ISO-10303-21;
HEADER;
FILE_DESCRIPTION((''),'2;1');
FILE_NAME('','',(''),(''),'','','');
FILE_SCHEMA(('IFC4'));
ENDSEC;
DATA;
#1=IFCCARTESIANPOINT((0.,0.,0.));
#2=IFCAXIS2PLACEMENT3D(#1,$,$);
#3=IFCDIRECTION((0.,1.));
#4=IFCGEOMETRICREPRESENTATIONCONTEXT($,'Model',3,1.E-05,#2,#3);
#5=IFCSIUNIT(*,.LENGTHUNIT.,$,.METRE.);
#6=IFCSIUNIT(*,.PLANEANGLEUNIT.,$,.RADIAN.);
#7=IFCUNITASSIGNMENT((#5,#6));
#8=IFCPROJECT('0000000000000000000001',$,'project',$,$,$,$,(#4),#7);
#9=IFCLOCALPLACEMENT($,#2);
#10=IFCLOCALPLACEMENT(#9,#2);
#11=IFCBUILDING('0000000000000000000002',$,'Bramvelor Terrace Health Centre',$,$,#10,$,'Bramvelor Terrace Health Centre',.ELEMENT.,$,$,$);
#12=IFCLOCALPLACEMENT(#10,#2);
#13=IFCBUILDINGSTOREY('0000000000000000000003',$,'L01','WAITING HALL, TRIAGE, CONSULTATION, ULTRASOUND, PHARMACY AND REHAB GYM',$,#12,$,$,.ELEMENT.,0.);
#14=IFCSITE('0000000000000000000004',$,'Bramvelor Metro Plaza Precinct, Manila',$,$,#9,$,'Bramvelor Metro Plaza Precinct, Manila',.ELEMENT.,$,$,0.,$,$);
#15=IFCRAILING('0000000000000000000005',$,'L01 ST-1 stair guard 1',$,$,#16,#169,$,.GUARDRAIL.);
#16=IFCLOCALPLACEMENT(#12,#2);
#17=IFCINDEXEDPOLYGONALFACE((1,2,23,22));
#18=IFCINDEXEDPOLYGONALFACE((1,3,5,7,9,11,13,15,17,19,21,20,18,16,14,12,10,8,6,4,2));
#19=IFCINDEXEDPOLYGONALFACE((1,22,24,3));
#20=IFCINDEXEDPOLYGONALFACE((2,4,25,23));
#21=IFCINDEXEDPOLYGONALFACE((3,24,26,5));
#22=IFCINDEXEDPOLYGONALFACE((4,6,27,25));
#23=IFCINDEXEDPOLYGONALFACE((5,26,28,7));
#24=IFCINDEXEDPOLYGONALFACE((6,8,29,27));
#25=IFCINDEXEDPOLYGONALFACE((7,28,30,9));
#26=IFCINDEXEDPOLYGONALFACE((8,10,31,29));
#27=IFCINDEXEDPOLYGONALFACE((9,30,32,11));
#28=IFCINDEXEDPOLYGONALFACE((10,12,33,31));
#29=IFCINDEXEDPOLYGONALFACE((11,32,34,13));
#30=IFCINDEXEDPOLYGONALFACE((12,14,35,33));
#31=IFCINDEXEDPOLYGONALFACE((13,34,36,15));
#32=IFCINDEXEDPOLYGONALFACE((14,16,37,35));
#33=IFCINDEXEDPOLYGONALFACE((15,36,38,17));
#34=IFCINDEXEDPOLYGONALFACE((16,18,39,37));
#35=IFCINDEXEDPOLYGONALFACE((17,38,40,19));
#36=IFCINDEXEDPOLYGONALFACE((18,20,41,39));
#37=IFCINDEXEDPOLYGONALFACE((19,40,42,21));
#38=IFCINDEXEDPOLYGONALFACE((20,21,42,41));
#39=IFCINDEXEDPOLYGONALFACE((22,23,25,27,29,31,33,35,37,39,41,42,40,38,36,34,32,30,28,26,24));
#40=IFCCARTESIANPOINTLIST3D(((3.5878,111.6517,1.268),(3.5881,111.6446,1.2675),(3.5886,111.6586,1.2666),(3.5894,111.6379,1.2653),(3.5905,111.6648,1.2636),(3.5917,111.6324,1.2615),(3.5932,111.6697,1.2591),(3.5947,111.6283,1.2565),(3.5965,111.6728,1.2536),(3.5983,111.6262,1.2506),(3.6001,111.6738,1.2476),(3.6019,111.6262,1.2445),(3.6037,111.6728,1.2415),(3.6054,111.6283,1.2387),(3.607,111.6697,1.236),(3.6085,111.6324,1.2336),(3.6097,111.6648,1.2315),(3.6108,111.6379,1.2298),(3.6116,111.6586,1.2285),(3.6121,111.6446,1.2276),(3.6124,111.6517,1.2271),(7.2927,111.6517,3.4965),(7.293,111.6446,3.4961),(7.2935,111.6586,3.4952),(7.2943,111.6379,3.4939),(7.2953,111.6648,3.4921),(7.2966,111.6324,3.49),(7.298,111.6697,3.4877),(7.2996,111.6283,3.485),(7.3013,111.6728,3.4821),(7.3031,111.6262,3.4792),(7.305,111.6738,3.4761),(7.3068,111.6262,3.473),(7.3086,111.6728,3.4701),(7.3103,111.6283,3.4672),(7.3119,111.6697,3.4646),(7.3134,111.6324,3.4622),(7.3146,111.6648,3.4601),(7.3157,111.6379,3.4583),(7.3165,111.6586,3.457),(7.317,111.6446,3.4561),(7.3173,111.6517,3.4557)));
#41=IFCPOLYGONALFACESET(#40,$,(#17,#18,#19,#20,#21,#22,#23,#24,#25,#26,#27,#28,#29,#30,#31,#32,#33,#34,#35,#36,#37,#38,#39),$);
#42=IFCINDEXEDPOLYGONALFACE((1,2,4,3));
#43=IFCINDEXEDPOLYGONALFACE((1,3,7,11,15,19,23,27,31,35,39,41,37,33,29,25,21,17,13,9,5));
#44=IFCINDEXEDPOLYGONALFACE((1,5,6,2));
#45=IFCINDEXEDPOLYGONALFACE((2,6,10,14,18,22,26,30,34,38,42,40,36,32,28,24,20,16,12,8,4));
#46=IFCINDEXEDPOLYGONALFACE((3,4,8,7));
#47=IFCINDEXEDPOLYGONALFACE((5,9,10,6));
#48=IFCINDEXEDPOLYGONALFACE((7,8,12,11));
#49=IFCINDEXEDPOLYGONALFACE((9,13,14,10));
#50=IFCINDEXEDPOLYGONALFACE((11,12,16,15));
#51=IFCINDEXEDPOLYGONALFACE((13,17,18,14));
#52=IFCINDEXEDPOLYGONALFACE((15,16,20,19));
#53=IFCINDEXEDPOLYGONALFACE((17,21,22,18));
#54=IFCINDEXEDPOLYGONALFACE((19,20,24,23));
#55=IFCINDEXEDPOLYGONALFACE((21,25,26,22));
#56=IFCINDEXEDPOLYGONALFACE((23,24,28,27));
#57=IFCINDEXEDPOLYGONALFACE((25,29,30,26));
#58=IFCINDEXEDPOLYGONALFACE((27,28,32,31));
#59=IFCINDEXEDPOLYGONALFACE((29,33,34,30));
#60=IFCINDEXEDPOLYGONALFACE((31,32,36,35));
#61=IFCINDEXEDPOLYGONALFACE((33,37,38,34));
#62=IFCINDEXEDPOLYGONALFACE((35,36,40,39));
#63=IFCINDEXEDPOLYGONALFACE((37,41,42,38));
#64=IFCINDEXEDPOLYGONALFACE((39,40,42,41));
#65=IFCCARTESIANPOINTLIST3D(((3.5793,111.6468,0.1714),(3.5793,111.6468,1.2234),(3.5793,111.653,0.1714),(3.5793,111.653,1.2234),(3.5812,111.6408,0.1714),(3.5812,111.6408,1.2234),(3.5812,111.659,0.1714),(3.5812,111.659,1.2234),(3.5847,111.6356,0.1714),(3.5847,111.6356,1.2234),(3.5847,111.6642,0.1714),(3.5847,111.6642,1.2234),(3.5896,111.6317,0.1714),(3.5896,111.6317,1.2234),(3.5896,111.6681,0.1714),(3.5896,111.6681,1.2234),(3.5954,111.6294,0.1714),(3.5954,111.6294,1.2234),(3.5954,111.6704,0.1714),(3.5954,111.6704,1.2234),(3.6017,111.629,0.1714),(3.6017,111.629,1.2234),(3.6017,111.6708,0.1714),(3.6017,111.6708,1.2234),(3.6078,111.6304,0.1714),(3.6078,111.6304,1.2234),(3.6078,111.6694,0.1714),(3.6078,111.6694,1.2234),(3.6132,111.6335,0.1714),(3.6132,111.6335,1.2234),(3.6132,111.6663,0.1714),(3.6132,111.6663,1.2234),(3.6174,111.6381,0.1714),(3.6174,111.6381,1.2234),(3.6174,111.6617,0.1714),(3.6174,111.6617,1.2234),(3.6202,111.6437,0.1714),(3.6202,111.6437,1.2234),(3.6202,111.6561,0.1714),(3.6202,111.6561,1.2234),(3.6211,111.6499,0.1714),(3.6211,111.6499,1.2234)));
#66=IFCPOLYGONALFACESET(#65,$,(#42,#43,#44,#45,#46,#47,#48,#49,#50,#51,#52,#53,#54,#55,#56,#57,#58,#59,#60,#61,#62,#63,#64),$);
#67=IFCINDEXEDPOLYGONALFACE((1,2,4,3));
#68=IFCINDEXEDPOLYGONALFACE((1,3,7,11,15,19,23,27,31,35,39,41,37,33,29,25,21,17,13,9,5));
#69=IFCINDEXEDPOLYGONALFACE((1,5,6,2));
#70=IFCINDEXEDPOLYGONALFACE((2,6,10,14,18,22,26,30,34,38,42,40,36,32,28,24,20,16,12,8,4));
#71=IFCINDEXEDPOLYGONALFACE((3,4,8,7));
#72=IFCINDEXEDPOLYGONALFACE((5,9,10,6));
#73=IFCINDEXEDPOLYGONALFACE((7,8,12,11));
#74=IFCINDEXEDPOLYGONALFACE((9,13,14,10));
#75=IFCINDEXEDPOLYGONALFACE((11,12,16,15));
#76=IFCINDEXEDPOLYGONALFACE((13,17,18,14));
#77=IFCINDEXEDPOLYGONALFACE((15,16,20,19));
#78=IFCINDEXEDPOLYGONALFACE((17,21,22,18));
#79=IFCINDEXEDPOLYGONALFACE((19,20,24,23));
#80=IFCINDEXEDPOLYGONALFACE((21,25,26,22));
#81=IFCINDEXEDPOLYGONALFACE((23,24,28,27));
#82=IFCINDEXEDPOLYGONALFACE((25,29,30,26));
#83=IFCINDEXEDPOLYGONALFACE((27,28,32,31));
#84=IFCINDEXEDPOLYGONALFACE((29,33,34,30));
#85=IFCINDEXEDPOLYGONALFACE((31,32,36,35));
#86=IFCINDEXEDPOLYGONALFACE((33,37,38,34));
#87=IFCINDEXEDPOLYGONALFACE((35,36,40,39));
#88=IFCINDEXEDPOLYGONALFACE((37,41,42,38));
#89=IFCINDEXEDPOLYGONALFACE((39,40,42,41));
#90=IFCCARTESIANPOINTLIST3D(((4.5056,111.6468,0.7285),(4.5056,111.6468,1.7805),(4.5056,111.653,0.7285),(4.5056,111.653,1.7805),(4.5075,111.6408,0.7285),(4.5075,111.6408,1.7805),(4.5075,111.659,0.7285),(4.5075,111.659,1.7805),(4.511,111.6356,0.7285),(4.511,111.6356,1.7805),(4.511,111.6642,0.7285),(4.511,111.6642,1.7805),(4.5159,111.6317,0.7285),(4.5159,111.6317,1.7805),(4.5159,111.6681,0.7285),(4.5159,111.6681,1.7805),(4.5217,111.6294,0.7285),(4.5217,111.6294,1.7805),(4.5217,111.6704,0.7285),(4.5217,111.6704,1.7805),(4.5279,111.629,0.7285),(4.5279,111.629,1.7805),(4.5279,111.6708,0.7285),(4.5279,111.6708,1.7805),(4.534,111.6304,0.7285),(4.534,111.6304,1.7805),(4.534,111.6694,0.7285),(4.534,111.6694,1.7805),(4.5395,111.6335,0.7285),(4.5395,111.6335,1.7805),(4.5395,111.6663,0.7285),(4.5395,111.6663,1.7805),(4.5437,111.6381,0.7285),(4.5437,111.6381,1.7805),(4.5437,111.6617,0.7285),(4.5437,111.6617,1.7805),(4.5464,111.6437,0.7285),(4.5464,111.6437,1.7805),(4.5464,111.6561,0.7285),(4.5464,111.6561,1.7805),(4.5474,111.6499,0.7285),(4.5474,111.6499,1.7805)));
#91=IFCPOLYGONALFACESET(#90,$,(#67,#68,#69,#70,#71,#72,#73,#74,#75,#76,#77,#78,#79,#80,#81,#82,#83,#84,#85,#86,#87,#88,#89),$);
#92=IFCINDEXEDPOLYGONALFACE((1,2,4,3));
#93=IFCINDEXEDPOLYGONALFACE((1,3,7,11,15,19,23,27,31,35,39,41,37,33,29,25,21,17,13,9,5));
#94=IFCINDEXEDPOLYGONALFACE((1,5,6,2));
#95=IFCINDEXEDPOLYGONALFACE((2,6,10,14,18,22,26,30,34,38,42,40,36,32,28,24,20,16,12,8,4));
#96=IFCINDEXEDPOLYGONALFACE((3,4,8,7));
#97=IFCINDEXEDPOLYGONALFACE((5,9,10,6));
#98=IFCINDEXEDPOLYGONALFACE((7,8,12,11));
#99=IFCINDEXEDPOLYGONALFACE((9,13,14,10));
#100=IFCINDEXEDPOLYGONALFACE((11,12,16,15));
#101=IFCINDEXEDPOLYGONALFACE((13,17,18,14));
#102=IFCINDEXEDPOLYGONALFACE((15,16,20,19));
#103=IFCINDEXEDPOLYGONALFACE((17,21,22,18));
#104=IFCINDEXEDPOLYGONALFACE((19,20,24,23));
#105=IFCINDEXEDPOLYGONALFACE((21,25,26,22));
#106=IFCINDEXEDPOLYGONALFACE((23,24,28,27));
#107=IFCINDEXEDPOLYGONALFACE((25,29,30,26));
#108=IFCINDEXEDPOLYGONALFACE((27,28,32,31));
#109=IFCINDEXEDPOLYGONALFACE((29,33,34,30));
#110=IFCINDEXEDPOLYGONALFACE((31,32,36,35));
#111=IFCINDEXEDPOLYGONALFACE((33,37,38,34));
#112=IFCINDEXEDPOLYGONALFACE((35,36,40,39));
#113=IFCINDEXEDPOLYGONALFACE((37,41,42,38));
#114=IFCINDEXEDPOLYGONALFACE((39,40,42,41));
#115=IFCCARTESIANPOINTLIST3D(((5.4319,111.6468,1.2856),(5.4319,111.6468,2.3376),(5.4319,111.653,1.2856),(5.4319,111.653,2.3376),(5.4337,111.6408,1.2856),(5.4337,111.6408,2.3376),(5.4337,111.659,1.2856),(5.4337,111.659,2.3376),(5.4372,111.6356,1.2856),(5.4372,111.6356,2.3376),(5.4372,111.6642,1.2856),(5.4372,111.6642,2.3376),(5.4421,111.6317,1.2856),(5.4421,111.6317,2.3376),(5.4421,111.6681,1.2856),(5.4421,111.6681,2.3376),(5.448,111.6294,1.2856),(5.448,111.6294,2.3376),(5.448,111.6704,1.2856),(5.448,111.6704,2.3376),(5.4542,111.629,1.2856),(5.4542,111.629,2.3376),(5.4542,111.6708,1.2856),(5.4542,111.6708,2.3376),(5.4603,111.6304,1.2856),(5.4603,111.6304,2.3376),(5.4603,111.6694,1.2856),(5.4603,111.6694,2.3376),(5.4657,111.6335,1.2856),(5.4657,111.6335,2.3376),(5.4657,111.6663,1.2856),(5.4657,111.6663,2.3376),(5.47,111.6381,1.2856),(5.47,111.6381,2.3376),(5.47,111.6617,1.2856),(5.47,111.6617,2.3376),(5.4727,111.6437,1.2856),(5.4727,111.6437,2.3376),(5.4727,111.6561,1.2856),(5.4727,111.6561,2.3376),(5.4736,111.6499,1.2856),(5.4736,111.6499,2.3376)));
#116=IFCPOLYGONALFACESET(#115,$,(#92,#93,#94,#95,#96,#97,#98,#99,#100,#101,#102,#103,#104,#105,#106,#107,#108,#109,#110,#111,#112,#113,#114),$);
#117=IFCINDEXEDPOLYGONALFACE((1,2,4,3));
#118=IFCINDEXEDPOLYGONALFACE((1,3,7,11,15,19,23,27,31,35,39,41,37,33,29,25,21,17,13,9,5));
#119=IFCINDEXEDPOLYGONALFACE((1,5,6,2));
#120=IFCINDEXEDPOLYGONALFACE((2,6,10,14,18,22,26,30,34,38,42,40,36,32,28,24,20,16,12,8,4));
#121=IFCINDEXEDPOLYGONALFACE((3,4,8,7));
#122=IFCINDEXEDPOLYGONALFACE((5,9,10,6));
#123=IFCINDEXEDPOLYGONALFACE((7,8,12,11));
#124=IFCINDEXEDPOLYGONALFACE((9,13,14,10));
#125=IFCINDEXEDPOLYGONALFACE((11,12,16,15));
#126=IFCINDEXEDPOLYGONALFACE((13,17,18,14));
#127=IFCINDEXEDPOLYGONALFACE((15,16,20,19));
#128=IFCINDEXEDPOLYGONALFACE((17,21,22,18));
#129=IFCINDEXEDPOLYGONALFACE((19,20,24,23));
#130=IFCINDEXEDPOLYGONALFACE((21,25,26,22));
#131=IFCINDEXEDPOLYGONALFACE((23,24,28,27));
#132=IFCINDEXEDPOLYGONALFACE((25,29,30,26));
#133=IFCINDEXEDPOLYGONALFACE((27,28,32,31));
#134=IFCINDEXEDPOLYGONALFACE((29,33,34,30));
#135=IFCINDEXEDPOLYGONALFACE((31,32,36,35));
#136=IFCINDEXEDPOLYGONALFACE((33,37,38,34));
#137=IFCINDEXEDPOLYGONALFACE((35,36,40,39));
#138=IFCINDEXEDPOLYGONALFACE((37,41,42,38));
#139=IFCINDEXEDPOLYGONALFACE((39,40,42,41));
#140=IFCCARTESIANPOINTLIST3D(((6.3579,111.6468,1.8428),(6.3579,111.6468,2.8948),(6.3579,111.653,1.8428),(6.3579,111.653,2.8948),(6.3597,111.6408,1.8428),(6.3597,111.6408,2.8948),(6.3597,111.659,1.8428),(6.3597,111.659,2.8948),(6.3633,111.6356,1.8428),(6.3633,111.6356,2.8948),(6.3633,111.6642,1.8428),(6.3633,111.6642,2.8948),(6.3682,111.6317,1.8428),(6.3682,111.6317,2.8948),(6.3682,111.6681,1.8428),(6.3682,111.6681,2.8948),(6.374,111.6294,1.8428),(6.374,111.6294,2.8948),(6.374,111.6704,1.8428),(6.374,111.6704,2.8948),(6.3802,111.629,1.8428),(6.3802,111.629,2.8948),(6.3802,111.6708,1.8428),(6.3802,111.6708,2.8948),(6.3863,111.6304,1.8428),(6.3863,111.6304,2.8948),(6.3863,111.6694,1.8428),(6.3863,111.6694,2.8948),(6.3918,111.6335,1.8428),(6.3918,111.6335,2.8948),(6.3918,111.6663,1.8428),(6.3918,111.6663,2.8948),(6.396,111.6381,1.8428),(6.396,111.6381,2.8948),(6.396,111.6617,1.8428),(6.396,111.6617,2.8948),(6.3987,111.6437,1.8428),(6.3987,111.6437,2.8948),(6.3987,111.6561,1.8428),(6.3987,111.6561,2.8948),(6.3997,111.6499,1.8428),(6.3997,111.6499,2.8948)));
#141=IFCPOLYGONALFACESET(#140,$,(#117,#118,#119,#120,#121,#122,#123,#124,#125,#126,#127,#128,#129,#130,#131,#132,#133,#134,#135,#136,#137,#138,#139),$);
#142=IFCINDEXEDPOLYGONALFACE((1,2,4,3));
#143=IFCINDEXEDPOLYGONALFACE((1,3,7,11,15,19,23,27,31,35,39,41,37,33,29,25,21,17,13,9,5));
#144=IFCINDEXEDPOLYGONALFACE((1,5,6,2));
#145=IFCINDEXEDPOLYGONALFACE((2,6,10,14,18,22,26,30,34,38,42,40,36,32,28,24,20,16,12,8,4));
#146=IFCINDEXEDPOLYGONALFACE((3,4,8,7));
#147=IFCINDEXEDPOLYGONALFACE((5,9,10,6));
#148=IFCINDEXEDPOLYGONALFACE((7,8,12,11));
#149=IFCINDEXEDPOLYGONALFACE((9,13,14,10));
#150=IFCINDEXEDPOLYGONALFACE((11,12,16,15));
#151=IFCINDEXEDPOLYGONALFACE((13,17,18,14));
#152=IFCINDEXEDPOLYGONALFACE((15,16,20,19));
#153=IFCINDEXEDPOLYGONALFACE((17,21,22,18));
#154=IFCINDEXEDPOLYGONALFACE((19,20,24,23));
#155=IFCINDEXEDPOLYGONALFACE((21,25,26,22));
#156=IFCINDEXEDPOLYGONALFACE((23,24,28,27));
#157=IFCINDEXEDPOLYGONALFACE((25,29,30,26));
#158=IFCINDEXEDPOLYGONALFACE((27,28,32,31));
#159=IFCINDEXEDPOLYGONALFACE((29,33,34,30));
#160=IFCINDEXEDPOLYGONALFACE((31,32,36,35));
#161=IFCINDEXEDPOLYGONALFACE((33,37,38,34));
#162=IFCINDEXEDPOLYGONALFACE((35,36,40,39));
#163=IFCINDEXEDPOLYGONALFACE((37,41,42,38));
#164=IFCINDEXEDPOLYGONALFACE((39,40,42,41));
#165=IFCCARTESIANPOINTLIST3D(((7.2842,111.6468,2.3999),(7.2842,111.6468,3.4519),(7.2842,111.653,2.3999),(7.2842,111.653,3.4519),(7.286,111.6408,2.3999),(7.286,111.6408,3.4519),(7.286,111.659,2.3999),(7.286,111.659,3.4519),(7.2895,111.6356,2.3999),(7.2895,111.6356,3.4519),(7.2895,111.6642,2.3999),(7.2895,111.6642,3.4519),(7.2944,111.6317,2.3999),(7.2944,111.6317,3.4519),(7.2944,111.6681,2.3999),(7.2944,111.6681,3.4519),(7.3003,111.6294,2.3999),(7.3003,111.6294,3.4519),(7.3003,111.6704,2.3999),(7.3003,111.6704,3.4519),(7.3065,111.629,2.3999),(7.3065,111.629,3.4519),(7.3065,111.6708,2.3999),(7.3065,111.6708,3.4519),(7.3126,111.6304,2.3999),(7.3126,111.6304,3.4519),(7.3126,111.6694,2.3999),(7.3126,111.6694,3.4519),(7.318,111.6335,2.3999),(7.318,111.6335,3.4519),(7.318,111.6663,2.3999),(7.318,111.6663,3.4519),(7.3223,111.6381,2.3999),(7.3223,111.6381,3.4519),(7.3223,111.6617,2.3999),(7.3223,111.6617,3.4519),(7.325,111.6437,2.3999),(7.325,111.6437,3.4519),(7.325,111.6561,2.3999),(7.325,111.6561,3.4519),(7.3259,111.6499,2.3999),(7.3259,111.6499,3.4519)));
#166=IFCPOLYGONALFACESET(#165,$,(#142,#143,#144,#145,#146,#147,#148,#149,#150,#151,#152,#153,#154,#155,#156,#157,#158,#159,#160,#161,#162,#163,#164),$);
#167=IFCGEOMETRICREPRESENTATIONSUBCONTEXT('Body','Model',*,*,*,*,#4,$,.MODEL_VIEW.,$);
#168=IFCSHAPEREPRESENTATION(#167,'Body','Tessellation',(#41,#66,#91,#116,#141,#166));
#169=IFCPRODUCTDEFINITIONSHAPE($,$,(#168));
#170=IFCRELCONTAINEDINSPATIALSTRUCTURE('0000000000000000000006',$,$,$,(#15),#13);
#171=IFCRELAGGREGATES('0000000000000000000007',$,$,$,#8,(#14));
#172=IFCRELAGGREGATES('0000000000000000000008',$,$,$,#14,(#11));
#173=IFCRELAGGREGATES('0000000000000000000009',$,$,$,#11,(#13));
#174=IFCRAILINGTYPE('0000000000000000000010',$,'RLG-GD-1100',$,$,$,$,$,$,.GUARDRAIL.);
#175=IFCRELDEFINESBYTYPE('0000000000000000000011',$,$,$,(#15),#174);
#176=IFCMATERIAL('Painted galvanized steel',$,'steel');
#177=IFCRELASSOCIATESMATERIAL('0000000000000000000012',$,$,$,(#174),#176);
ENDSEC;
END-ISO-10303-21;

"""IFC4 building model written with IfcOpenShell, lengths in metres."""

from ifc_helpers import new_model, si_unit, direction, frame, origin, origin_2d, place, context, subcontext, project, spatial, circle, extrude, material, type_object, element, save


model = new_model("IFC4")

# Units and contexts
model_context = context("Model", 3, precision=1e-05, world=origin(), true_north=direction((0.0, 1.0)))
body_context = subcontext(model_context, "Body", "Model", "MODEL_VIEW")
ifc_project = project(units=[si_unit("LENGTHUNIT", "METRE"), si_unit("PLANEANGLEUNIT", "RADIAN")], contexts=[model_context])

# Site, building, storey
site_placement = place(None, origin())
site = spatial("IfcSite", under=ifc_project, at=site_placement, Name="Bramvelor Metro Plaza Precinct, Manila", LongName="Bramvelor Metro Plaza Precinct, Manila", CompositionType="ELEMENT", RefElevation=0.0)
building_placement = place(site_placement, origin())
building = spatial("IfcBuilding", under=site, at=building_placement, Name="Bramvelor Terrace Health Centre", LongName="Bramvelor Terrace Health Centre", CompositionType="ELEMENT")
storey_placement = place(building_placement, origin())
storey = spatial("IfcBuildingStorey", under=building, at=storey_placement, Name="L01", Description="WAITING HALL, TRIAGE, CONSULTATION, ULTRASOUND, PHARMACY AND REHAB GYM", CompositionType="ELEMENT", Elevation=0.0)

# Railing
ifc_material_1 = material(Name="Painted galvanized steel", Category="steel")
railing_type_1 = type_object("IfcRailingType", Name="RLG-GD-1100", PredefinedType="GUARDRAIL", material=ifc_material_1)
railing_1_placement = place(storey_placement, frame((3.6001, 111.6499, 0.1714)))
element("IfcRailing", 1, at=railing_1_placement, inside=storey, type_object=railing_type_1, Name="L01 ST-1 stair guard 1", PredefinedType="GUARDRAIL", context=body_context, shape_type="SweptSolid", body=[
    extrude(circle(Radius=0.0239, at=origin_2d()), frame((0.0, 0.0, 1.0762), z_axis=(0.856919, 0.0, 0.51545), x_axis=(0.0, 1.0, 0.0)), (0.0, 0.0, 1.0), 4.3235),
    extrude(circle(Radius=0.021, at=origin_2d()), origin(), (0.0, 0.0, 1.0), 1.052),
    extrude(circle(Radius=0.021, at=origin_2d()), frame((0.9263, 0.0, 0.5571)), (0.0, 0.0, 1.0), 1.052),
    extrude(circle(Radius=0.021, at=origin_2d()), frame((1.8525, 0.0, 1.1143)), (0.0, 0.0, 1.0), 1.052),
    extrude(circle(Radius=0.021, at=origin_2d()), frame((2.7786, 0.0, 1.6714)), (0.0, 0.0, 1.0), 1.052),
    extrude(circle(Radius=0.021, at=origin_2d()), frame((3.7048, 0.0, 2.2285)), (0.0, 0.0, 1.0), 1.052),
])

save(model, "model.ifc")
